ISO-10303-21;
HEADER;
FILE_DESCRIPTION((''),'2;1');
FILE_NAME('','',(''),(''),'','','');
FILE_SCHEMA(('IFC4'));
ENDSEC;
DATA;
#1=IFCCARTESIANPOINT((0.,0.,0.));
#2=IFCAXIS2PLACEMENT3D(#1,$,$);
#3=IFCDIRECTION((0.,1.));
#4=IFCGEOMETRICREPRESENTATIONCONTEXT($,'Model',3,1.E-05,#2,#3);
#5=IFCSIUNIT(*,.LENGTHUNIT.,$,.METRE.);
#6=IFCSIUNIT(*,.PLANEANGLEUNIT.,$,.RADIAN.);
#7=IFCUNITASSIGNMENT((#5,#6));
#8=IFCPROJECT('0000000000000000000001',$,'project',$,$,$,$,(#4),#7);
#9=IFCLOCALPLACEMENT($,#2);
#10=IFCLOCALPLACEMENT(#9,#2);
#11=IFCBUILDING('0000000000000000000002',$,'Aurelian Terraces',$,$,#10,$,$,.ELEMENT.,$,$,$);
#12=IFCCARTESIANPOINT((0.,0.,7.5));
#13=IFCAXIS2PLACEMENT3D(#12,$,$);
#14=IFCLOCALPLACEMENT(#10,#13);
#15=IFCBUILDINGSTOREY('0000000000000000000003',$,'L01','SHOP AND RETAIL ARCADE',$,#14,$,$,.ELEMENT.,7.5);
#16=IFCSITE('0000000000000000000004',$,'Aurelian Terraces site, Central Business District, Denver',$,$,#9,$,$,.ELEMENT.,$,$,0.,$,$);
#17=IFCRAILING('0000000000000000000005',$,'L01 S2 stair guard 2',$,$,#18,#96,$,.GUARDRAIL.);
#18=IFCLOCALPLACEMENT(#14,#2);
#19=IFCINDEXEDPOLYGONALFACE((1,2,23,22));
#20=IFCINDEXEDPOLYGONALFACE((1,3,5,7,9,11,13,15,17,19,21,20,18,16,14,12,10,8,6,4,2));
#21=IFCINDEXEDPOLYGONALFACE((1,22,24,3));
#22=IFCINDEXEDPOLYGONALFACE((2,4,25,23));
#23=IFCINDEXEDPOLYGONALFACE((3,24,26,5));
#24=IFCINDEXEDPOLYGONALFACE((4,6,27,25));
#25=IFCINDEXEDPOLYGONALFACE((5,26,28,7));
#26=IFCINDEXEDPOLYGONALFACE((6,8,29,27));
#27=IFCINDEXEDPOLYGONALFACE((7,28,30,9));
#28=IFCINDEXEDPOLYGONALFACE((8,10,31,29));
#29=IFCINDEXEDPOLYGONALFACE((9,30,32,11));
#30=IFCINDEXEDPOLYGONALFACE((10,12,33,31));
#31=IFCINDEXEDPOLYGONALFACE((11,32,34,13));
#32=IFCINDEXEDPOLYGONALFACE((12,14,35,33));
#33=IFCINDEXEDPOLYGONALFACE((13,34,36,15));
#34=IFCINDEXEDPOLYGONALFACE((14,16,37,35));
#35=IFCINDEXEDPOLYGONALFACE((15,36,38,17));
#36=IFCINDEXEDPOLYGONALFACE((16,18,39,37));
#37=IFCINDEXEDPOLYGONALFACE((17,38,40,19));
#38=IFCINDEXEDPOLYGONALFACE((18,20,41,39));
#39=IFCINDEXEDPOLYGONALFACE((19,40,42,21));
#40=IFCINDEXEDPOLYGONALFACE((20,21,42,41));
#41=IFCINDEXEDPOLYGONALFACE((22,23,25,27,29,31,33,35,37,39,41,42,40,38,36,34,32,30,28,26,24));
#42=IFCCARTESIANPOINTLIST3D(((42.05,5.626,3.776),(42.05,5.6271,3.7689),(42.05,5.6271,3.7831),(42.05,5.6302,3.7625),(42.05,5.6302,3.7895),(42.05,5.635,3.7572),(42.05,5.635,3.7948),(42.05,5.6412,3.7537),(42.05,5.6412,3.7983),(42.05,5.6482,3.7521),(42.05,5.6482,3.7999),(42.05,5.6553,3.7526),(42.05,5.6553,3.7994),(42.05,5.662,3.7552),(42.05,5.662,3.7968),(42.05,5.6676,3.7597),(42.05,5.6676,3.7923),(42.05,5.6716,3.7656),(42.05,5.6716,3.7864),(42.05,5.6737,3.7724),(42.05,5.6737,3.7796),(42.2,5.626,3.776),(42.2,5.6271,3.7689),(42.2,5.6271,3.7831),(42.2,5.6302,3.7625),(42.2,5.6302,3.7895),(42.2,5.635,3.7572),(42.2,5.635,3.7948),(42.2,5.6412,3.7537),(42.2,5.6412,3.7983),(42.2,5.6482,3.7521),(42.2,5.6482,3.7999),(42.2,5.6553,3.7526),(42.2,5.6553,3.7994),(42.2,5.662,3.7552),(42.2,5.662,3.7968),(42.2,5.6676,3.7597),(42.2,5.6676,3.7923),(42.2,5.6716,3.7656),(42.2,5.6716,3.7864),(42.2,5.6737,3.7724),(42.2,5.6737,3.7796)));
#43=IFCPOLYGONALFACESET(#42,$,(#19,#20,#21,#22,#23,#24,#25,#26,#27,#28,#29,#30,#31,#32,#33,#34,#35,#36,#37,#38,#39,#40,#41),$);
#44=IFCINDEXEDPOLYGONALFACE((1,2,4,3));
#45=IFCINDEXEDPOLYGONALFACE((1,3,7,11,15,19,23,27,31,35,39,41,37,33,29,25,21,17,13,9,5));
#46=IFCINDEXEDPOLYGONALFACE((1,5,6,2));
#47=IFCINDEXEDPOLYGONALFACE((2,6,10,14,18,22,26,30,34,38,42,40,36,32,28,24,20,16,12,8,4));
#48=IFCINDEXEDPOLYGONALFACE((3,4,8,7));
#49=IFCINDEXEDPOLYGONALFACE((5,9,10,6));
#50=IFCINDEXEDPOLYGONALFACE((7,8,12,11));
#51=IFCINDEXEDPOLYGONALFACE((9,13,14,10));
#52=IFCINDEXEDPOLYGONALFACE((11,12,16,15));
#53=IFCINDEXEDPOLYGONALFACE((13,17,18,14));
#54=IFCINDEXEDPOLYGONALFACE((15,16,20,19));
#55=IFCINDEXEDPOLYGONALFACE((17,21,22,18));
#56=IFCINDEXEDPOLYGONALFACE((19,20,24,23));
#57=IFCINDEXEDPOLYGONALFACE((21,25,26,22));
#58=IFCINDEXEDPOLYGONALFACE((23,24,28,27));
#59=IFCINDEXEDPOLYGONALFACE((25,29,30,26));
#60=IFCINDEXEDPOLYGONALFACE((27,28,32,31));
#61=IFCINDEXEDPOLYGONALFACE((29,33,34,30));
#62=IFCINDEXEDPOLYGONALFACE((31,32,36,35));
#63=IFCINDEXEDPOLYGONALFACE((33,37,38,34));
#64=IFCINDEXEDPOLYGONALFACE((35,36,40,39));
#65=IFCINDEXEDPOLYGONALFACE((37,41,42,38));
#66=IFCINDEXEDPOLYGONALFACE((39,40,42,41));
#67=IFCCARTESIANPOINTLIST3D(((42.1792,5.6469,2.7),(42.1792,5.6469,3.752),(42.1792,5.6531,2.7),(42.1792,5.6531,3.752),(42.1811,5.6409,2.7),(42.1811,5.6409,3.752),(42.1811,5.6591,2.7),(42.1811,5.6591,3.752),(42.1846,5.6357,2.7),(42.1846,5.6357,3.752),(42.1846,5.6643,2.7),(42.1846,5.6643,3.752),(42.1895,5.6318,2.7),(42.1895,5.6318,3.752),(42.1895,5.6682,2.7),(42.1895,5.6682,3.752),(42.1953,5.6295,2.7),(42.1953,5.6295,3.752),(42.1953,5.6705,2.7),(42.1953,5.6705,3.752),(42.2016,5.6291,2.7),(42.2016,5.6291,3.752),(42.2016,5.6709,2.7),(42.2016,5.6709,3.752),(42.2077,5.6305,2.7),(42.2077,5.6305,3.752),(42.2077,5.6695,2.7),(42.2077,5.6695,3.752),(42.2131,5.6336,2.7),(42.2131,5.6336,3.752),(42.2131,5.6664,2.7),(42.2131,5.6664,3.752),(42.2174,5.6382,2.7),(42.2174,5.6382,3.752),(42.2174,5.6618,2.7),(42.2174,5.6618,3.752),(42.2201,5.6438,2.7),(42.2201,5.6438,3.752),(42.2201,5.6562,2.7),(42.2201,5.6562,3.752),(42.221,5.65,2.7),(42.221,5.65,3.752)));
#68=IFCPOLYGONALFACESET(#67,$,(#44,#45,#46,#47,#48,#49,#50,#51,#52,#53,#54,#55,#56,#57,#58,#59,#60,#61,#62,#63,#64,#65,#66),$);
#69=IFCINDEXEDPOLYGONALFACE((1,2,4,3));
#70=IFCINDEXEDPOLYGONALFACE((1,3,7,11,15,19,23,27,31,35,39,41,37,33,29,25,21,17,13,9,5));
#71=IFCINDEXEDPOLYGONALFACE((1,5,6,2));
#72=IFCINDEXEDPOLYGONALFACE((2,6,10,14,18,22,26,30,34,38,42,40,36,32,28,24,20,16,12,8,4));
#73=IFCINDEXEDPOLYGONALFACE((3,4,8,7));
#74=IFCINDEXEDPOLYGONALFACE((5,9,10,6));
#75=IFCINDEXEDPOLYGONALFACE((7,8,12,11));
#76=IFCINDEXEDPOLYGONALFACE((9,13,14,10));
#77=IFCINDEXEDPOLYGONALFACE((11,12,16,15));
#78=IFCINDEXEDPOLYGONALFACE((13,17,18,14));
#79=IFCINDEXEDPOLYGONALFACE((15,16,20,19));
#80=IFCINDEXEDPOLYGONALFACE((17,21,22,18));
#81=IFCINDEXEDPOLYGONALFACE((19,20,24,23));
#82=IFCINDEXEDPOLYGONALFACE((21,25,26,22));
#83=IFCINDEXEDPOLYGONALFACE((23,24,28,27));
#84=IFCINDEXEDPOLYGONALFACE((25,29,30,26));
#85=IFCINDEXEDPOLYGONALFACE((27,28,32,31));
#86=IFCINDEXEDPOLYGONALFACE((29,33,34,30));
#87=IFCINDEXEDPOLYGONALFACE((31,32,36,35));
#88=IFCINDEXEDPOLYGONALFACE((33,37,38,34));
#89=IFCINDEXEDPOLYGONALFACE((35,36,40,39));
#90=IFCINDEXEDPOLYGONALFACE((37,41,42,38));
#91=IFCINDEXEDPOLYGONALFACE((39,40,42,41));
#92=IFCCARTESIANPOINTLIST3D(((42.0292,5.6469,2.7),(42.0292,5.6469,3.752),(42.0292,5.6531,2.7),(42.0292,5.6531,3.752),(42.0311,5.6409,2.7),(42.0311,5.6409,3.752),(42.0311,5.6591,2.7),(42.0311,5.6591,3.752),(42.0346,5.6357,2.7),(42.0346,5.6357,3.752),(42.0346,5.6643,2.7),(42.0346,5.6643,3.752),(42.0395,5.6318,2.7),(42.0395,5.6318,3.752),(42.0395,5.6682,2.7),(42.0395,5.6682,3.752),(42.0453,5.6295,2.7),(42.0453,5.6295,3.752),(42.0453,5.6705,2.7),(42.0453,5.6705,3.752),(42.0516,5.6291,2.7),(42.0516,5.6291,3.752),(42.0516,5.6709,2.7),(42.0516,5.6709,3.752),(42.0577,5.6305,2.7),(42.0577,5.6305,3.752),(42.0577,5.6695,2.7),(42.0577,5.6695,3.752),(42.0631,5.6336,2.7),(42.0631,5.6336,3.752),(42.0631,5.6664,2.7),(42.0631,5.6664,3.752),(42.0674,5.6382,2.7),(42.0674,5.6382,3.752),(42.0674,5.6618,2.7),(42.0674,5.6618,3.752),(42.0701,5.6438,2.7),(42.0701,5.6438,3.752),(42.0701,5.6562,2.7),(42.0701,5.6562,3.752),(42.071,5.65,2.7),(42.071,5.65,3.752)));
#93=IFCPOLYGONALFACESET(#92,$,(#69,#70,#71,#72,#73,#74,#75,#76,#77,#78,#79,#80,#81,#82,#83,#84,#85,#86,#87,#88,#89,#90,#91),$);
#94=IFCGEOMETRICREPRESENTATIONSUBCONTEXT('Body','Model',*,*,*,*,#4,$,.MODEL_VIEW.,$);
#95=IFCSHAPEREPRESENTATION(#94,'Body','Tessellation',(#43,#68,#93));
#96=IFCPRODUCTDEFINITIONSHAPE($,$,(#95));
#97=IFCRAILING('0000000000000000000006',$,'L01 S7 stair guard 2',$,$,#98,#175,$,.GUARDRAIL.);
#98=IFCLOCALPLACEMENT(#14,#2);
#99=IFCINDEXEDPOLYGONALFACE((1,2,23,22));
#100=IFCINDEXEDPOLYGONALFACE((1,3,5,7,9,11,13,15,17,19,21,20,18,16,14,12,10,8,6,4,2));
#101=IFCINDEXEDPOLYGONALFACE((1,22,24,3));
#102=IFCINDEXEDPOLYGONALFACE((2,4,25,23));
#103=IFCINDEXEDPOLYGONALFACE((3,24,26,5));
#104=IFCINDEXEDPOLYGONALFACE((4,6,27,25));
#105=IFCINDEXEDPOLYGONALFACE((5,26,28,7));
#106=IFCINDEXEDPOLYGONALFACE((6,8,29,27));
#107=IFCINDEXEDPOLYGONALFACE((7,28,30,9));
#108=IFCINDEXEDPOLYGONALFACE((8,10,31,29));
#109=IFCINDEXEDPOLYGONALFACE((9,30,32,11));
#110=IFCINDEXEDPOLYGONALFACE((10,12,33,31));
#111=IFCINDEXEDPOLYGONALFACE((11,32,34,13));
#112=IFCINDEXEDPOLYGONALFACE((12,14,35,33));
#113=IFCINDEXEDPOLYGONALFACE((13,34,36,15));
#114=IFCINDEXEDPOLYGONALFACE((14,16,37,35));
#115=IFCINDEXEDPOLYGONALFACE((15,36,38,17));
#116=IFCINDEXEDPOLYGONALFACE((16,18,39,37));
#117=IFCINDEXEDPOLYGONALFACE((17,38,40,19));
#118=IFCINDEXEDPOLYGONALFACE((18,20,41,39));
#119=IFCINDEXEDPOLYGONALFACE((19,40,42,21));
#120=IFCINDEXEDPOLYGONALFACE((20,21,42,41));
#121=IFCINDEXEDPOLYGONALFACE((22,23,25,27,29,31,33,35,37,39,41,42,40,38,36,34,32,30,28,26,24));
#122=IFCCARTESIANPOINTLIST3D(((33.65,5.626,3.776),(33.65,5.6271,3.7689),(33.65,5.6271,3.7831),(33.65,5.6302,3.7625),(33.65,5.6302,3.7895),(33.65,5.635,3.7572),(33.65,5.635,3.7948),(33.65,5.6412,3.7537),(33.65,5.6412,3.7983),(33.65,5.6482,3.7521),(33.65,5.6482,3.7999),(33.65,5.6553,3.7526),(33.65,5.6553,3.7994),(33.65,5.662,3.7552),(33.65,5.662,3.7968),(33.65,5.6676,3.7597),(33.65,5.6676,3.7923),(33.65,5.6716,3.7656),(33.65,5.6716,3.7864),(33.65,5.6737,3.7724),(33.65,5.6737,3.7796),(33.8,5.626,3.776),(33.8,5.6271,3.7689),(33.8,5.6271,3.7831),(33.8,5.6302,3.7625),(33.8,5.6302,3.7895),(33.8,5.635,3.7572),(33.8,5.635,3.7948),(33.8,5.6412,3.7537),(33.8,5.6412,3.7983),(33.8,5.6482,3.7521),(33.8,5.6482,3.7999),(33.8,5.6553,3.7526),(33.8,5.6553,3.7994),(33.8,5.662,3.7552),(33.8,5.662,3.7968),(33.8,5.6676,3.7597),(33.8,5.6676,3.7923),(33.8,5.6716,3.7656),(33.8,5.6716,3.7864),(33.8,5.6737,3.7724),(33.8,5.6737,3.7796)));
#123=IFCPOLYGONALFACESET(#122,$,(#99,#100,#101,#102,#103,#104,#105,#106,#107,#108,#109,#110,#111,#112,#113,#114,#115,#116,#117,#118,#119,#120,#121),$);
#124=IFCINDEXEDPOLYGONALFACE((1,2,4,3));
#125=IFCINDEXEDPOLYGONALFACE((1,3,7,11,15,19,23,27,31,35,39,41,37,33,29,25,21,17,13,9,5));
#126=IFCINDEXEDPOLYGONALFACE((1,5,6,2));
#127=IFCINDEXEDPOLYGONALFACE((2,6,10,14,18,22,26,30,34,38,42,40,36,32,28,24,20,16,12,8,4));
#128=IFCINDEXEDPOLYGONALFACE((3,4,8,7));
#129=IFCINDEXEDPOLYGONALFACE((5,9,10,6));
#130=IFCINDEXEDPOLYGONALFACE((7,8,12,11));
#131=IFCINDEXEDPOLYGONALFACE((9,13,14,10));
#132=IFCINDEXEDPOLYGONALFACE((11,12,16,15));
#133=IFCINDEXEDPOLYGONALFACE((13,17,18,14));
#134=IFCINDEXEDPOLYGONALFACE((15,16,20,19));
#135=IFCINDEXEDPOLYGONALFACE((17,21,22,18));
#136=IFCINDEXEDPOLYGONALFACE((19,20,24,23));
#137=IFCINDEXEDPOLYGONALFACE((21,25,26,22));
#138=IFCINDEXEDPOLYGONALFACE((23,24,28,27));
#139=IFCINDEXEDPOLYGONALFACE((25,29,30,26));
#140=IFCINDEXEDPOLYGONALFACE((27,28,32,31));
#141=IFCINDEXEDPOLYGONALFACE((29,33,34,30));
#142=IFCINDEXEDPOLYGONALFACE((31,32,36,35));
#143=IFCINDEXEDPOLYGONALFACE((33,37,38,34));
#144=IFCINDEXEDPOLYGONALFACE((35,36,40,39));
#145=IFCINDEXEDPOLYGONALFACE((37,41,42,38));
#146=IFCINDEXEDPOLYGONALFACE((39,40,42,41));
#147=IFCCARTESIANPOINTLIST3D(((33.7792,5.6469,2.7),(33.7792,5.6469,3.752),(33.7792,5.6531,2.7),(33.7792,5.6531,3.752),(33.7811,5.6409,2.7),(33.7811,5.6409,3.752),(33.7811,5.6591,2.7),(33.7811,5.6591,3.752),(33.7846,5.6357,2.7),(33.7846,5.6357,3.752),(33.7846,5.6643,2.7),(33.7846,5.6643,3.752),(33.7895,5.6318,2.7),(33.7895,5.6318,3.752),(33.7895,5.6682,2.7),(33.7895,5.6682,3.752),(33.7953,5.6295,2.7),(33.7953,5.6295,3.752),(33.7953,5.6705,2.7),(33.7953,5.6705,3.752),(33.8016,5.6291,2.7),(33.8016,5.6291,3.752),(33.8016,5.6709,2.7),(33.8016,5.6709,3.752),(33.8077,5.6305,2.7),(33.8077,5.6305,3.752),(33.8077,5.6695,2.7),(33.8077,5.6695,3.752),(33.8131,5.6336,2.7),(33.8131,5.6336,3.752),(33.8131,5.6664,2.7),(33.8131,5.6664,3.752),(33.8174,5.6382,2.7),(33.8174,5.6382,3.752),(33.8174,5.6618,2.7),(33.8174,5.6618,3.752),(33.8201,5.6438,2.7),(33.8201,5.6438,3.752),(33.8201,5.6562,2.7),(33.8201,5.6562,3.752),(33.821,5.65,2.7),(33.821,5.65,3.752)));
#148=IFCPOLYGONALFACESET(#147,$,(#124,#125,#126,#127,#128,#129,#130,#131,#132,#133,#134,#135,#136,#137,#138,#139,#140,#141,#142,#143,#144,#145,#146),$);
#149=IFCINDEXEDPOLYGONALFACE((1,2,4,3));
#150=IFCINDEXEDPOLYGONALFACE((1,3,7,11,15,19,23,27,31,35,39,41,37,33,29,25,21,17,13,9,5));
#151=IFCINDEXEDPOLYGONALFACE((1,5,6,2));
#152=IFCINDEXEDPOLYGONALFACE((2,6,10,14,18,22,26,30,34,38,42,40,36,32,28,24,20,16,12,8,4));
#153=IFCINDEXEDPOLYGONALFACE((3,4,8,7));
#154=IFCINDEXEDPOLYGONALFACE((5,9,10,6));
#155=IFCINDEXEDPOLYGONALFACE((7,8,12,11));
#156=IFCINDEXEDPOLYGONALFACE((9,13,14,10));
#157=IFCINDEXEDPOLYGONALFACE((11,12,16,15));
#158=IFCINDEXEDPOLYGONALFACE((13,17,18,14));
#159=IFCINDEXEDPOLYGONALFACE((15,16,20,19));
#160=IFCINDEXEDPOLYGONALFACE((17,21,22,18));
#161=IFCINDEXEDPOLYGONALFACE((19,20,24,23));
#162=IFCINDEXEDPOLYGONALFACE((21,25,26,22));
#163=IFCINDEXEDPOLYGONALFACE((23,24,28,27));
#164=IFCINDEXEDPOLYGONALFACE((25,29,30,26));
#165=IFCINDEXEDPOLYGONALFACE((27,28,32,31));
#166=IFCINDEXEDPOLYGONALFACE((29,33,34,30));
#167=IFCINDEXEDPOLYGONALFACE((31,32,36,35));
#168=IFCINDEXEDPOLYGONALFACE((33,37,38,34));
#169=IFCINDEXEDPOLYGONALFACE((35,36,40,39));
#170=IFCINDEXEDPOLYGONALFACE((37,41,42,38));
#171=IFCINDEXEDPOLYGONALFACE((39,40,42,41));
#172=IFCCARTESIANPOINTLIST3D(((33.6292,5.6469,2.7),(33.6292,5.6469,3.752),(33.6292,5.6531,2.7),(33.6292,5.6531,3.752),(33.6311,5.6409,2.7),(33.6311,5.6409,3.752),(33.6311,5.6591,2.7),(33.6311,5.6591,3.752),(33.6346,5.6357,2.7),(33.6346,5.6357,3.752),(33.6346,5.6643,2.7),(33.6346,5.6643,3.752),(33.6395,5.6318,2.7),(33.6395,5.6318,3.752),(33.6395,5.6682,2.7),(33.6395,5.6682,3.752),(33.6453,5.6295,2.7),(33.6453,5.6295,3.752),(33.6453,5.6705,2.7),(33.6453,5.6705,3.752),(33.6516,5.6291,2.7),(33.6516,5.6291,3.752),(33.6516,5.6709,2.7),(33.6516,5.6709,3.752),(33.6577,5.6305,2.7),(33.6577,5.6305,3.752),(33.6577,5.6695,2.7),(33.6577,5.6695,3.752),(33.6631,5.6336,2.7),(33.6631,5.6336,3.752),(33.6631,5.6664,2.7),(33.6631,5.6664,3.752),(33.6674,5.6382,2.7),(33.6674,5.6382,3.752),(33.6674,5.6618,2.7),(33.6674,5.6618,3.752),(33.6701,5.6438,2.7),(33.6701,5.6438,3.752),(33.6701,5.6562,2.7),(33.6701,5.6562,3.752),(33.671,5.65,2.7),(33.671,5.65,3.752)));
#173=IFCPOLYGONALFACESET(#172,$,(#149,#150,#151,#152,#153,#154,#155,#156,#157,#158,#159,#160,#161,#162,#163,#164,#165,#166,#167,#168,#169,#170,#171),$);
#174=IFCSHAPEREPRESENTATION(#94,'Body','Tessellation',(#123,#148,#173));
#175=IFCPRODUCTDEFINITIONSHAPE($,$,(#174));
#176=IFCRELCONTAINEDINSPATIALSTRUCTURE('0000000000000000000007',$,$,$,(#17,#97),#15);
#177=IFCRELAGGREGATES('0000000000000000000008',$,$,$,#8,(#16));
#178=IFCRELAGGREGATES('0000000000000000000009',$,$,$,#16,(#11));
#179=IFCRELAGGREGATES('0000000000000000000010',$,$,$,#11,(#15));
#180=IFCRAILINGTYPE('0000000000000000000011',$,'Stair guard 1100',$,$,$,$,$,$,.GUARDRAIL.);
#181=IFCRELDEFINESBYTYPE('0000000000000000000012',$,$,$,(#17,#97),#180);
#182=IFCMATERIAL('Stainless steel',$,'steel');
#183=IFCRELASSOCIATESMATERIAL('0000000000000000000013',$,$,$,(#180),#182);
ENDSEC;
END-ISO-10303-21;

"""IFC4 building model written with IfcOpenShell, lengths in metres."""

from ifc_helpers import new_model, si_unit, direction, frame, origin, origin_2d, place, context, subcontext, project, spatial, circle, extrude, source, transform, mapped, material, type_object, element, save


model = new_model("IFC4")

# Units and contexts
model_context = context("Model", 3, precision=1e-05, world=origin(), true_north=direction((0.0, 1.0)))
body_context = subcontext(model_context, "Body", "Model", "MODEL_VIEW")
ifc_project = project(units=[si_unit("LENGTHUNIT", "METRE"), si_unit("PLANEANGLEUNIT", "RADIAN")], contexts=[model_context])

# Site, building, storey
site_placement = place(None, origin())
site = spatial("IfcSite", under=ifc_project, at=site_placement, Name="Aurelian Terraces site, Central Business District, Denver", CompositionType="ELEMENT", RefElevation=0.0)
building_placement = place(site_placement, origin())
building = spatial("IfcBuilding", under=site, at=building_placement, Name="Aurelian Terraces", CompositionType="ELEMENT")
storey_placement = place(building_placement, frame((0.0, 0.0, 7.5)))
storey = spatial("IfcBuildingStorey", under=building, at=storey_placement, Name="L01", Description="SHOP AND RETAIL ARCADE", CompositionType="ELEMENT", Elevation=7.5)

# Railings
ifc_material_1 = material(Name="Stainless steel", Category="steel")
railing_type_1 = type_object("IfcRailingType", Name="Stair guard 1100", PredefinedType="GUARDRAIL", material=ifc_material_1)
shared_shape_1 = source(origin(), body_context, "Body", "SweptSolid", [
    extrude(circle(Radius=0.024, at=origin_2d()), frame((0.0, 0.0, 1.076), z_axis=(-1.0, 0.0, 0.0), x_axis=(0.0, -1.0, 0.0)), (0.0, 0.0, 1.0), 0.15),
    extrude(circle(Radius=0.021, at=origin_2d()), origin(), (0.0, 0.0, 1.0), 1.052),
    extrude(circle(Radius=0.021, at=origin_2d()), frame((-0.15, 0.0, 0.0)), (0.0, 0.0, 1.0), 1.052),
])
for number, where, name in (
    (1, (42.2, 5.65, 2.7), "L01 S2 stair guard 2"),
    (2, (33.8, 5.65, 2.7), "L01 S7 stair guard 2"),
):
    element("IfcRailing", number, at=place(storey_placement, frame(where)), inside=storey, type_object=railing_type_1, Name=name, PredefinedType="GUARDRAIL", context=body_context, shape_type="MappedRepresentation", body=[
        mapped(shared_shape_1, transform((0.0, 0.0, 0.0), scale=1.0)),
    ])

save(model, "model.ifc")
